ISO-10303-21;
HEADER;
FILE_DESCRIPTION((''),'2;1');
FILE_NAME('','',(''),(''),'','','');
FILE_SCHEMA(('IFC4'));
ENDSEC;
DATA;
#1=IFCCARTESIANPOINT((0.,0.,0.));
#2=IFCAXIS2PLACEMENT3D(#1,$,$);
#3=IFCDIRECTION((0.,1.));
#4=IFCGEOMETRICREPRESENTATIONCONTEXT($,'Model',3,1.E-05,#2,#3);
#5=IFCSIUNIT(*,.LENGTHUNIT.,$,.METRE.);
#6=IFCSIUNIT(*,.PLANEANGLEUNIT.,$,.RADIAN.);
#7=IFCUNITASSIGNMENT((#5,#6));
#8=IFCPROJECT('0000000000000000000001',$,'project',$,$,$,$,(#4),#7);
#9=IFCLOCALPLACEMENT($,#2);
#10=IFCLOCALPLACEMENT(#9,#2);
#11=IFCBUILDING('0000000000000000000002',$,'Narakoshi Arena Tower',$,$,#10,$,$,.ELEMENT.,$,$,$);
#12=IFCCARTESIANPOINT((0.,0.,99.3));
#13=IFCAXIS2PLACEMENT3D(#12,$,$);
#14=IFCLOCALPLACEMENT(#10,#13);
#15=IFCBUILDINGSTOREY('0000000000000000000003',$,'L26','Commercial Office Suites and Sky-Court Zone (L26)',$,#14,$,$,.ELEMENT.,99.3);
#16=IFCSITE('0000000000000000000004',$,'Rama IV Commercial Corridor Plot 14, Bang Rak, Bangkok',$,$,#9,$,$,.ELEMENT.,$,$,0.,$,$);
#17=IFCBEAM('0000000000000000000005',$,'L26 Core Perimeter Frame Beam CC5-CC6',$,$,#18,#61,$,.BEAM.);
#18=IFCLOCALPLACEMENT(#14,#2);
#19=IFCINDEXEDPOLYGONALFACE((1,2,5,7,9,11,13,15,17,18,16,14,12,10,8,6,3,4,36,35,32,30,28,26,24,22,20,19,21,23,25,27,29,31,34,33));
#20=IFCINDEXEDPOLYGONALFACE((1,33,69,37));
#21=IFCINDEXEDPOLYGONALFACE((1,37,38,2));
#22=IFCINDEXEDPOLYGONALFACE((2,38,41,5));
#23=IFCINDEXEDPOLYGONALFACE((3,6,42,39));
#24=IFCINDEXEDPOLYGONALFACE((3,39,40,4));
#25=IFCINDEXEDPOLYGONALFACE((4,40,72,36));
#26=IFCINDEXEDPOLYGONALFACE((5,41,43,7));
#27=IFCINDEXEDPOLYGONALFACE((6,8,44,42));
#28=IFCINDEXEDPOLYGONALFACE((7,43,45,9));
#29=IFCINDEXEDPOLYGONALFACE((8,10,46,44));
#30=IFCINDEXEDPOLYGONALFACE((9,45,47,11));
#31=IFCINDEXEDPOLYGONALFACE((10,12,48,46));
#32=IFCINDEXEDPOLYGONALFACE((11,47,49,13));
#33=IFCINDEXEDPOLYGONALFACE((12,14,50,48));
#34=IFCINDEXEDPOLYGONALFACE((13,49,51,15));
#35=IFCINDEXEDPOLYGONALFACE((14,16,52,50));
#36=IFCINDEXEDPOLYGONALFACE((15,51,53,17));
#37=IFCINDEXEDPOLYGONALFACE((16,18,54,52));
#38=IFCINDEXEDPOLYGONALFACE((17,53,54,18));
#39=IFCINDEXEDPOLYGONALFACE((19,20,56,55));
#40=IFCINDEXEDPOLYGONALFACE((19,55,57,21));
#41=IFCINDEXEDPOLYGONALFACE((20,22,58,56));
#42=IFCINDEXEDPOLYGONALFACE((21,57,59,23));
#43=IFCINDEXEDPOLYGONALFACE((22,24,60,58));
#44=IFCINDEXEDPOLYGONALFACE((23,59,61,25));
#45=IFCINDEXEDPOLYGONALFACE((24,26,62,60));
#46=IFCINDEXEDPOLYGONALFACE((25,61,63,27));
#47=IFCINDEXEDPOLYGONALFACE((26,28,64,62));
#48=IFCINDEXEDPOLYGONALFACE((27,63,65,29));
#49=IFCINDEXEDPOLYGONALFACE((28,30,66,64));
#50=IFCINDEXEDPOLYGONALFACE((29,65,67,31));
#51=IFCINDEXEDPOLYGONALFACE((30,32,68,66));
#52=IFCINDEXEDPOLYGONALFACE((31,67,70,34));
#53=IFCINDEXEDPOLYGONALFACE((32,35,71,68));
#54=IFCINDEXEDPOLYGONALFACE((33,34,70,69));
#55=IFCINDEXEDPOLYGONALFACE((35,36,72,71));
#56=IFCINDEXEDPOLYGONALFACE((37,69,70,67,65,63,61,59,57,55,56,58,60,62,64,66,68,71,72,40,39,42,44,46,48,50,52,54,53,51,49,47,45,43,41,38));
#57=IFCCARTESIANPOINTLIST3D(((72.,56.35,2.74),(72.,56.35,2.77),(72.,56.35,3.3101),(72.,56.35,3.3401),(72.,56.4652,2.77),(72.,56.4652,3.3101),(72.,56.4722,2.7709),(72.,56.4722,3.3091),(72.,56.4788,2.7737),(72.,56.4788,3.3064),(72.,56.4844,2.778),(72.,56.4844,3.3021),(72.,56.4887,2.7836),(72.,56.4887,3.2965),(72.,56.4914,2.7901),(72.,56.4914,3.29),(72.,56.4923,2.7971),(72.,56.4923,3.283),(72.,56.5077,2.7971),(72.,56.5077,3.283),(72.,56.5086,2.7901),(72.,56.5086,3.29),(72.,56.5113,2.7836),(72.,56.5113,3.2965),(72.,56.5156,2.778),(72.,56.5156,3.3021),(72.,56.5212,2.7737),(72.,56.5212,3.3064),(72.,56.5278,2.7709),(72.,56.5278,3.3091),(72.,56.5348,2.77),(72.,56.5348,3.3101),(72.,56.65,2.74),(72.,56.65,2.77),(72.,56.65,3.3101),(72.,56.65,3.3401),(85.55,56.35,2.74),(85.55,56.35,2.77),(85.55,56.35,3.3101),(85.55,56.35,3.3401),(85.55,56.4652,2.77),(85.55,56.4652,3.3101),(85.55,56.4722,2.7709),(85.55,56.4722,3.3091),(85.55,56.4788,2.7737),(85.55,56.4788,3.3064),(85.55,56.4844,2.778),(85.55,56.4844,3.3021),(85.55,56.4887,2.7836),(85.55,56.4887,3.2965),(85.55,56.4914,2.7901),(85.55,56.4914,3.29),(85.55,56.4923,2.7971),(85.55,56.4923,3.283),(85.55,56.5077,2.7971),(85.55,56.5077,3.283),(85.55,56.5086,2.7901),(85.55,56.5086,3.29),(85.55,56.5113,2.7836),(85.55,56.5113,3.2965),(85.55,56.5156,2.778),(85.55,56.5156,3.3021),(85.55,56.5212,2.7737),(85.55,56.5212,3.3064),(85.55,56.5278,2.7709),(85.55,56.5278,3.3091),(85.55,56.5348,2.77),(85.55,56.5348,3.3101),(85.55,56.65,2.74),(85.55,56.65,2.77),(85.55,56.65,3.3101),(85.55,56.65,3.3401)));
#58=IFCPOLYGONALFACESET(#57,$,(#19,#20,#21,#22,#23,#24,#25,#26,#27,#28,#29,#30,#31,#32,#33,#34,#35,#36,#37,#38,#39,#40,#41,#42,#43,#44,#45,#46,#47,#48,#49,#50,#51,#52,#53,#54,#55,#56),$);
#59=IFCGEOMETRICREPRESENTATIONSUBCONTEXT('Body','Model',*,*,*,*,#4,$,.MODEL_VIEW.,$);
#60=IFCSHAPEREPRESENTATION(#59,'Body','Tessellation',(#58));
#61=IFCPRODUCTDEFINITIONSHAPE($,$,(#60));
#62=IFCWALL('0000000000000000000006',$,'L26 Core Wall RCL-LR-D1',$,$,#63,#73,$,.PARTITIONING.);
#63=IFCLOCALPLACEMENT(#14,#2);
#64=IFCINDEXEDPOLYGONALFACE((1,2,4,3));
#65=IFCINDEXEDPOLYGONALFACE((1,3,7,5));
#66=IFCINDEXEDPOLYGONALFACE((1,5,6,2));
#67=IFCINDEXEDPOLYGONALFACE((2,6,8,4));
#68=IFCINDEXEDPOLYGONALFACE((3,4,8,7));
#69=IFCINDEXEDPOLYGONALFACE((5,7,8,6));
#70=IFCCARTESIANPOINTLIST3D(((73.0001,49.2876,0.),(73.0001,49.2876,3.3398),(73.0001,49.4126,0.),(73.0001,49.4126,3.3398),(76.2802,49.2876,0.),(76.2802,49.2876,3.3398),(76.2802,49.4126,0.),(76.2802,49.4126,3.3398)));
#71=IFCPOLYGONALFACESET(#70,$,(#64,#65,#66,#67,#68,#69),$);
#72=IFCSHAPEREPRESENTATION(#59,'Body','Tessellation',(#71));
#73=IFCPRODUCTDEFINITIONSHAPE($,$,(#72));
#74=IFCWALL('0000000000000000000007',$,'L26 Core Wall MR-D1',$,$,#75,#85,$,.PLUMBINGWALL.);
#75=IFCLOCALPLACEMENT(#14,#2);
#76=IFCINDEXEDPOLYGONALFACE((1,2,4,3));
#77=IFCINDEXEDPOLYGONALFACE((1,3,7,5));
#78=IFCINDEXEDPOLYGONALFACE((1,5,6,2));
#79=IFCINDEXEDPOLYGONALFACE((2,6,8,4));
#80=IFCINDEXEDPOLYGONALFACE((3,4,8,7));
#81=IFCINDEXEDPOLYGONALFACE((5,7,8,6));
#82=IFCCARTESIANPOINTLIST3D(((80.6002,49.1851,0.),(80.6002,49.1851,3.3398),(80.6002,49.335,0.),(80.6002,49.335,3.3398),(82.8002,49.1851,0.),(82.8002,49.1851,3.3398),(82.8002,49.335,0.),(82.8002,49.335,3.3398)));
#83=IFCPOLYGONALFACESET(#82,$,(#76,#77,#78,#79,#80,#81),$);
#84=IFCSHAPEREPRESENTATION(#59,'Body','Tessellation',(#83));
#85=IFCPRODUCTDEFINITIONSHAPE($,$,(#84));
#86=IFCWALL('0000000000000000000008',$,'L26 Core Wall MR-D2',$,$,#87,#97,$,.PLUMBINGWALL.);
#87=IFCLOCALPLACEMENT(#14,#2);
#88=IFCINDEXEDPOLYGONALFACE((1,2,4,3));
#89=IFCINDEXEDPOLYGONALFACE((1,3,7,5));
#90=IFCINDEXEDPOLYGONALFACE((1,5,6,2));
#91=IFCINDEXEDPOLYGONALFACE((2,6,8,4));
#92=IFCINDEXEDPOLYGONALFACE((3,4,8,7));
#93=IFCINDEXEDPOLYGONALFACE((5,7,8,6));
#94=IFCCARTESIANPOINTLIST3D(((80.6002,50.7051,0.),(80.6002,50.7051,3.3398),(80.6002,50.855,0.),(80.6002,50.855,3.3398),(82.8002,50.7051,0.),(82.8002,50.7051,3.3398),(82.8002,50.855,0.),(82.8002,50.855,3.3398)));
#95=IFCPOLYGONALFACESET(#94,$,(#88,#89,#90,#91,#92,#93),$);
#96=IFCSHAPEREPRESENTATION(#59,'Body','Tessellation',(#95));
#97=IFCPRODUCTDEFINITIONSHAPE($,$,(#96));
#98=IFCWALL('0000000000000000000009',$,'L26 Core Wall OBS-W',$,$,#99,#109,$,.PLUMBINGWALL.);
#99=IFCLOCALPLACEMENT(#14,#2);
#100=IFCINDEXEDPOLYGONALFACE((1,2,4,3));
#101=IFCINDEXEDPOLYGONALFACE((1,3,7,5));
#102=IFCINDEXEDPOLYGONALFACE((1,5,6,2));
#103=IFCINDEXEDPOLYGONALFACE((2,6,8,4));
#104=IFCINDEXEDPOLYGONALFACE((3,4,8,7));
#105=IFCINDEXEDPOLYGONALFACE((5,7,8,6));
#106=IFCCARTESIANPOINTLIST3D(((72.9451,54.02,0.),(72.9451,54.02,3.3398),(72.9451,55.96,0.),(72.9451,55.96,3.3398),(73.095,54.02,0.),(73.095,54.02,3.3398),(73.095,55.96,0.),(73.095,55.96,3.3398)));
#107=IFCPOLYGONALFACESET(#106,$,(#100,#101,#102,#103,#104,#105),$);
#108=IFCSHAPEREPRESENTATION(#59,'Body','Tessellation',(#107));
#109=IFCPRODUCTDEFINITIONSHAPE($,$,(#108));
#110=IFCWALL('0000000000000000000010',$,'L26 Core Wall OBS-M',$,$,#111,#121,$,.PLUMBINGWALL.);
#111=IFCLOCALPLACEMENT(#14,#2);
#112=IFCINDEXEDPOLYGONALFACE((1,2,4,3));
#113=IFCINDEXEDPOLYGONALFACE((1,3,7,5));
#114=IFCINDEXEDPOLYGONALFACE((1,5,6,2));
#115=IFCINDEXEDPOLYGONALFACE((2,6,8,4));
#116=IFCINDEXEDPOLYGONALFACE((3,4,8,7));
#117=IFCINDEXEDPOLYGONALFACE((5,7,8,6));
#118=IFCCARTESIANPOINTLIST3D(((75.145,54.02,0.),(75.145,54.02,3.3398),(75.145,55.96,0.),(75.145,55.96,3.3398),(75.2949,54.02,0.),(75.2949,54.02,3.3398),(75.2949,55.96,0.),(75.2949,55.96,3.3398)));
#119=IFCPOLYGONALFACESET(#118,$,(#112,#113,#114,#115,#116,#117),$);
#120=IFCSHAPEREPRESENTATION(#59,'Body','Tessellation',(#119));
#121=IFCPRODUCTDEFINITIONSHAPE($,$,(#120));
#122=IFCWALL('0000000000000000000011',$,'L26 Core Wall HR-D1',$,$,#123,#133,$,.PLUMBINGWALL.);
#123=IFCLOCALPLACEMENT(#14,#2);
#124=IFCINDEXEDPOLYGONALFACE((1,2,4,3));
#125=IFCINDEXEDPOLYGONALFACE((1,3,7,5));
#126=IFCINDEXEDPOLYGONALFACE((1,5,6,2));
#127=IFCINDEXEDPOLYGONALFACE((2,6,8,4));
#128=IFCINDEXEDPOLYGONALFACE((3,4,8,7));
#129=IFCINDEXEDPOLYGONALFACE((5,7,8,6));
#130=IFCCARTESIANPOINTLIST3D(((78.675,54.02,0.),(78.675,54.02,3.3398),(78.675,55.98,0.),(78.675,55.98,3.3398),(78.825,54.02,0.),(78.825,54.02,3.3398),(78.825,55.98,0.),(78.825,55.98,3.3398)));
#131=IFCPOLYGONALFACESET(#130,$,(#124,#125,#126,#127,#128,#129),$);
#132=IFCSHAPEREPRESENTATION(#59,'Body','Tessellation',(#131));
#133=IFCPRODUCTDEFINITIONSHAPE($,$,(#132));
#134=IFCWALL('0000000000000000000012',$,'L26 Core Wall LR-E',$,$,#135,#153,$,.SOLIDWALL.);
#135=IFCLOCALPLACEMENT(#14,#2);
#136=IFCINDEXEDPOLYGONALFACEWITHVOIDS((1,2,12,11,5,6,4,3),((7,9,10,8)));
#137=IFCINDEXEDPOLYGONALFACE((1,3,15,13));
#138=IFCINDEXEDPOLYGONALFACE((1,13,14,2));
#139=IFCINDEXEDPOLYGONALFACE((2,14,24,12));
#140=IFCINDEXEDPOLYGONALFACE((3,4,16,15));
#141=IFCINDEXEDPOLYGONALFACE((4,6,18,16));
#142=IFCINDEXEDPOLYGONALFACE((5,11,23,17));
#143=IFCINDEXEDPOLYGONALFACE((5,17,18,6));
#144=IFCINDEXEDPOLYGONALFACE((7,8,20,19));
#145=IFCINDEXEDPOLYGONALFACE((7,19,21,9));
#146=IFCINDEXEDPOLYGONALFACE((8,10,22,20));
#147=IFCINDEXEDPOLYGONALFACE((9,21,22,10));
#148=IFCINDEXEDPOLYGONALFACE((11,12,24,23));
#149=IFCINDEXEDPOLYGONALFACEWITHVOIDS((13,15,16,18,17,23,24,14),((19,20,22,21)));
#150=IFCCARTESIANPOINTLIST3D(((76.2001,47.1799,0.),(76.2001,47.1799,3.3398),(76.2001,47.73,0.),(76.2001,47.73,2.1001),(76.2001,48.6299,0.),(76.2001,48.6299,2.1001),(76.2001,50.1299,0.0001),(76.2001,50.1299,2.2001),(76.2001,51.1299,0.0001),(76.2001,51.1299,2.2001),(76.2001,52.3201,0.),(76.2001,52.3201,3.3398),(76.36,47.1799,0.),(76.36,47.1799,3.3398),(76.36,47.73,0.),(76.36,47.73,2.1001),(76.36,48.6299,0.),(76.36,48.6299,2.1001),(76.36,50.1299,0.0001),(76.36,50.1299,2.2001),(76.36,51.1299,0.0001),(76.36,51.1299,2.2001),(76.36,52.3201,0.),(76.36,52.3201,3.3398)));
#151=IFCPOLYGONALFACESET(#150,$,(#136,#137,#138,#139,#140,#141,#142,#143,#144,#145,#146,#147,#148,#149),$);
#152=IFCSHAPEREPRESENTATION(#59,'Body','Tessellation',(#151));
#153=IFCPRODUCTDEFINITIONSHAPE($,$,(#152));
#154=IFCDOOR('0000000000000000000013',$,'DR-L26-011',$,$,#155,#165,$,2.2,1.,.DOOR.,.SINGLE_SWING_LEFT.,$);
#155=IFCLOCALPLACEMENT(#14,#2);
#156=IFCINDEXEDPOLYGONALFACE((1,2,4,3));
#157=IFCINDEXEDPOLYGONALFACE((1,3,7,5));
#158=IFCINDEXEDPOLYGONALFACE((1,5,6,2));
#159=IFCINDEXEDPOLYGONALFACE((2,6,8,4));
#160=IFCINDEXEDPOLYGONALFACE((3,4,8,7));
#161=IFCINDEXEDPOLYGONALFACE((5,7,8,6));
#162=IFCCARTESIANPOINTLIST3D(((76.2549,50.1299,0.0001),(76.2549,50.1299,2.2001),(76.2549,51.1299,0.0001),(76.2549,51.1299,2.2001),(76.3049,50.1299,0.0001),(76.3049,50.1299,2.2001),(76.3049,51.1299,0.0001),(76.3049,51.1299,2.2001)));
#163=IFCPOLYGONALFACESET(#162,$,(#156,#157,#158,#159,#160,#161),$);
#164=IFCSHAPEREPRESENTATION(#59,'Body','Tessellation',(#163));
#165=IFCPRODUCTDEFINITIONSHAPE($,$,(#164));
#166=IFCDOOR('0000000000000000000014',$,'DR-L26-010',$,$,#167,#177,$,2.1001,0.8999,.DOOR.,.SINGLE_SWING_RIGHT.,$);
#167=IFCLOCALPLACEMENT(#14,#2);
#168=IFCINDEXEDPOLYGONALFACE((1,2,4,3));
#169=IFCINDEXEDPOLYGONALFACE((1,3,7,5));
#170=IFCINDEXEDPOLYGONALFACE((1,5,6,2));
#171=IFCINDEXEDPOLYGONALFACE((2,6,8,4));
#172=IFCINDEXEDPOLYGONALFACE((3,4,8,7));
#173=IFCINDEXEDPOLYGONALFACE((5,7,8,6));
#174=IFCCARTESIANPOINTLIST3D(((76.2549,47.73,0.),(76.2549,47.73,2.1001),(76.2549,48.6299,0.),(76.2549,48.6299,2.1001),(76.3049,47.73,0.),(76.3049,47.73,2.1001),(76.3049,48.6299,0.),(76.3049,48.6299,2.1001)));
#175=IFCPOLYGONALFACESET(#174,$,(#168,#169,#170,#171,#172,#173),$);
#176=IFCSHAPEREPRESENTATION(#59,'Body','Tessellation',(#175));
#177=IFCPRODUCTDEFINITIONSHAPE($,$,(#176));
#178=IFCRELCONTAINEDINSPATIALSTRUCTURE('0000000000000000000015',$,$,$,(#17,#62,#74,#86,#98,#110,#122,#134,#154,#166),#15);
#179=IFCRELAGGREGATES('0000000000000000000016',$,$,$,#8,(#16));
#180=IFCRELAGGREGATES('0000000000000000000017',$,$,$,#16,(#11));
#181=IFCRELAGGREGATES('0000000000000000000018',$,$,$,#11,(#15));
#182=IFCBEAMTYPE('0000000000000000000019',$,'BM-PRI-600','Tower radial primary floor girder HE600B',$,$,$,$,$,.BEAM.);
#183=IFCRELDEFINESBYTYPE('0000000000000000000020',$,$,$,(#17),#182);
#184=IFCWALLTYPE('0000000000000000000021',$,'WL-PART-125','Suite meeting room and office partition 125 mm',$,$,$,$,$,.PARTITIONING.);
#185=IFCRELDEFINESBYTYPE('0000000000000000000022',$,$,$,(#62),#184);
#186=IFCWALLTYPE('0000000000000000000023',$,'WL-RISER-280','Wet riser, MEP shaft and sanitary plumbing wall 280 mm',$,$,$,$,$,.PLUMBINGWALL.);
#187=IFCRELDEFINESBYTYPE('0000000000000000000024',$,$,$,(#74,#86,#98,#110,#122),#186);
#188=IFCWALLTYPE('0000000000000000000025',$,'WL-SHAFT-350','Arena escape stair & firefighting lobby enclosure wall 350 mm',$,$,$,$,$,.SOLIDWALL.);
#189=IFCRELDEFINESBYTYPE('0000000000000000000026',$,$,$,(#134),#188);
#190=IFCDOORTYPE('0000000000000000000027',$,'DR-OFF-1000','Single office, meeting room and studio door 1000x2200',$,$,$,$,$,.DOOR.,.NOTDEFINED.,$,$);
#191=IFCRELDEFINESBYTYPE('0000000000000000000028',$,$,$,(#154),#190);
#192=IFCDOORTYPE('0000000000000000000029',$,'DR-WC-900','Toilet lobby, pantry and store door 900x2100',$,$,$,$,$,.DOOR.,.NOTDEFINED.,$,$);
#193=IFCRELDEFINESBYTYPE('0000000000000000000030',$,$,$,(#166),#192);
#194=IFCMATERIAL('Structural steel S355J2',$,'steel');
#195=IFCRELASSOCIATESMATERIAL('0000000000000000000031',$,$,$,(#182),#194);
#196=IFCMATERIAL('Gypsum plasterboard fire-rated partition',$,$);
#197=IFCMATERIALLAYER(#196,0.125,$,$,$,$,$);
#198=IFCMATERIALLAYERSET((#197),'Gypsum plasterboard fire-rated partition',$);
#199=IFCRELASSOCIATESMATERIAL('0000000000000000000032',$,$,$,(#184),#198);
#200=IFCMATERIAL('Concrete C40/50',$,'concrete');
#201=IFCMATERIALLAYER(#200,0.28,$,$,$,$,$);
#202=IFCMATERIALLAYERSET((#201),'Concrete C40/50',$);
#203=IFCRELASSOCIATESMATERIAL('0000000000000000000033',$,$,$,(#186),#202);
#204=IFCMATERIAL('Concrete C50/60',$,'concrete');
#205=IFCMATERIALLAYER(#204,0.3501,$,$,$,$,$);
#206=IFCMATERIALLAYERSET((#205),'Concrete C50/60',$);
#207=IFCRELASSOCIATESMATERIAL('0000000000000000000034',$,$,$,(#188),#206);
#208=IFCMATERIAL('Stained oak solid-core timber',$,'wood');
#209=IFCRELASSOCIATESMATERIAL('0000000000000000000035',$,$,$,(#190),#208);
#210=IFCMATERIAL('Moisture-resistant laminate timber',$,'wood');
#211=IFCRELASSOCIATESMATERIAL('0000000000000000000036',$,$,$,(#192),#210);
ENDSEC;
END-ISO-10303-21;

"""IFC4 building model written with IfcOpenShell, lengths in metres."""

from ifc_helpers import new_model, si_unit, direction, frame, frame_2d, origin, origin_2d, place, context, subcontext, project, spatial, rectangle, i_section, extrude, material, layer, layer_set, material_profile, profile_set, type_object, element, fill, save


model = new_model("IFC4")

# Units and contexts
model_context = context("Model", 3, precision=1e-05, world=origin(), true_north=direction((0.0, 1.0)))
body_context = subcontext(model_context, "Body", "Model", "MODEL_VIEW")
ifc_project = project(units=[si_unit("LENGTHUNIT", "METRE"), si_unit("PLANEANGLEUNIT", "RADIAN")], contexts=[model_context])

# Site, building, storey
site_placement = place(None, origin())
site = spatial("IfcSite", under=ifc_project, at=site_placement, Name="Rama IV Commercial Corridor Plot 14, Bang Rak, Bangkok", CompositionType="ELEMENT", RefElevation=0.0)
building_placement = place(site_placement, origin())
building = spatial("IfcBuilding", under=site, at=building_placement, Name="Narakoshi Arena Tower", CompositionType="ELEMENT")
storey_placement = place(building_placement, frame((0.0, 0.0, 99.3)))
storey = spatial("IfcBuildingStorey", under=building, at=storey_placement, Name="L26", Description="Commercial Office Suites and Sky-Court Zone (L26)", CompositionType="ELEMENT", Elevation=99.3)

# Beam
ifc_material_1 = material(Name="Structural steel S355J2", Category="steel")
ifc_material_profile = material_profile(ifc_material_1, i_section(OverallWidth=0.3, OverallDepth=0.6001, WebThickness=0.0154, FlangeThickness=0.03, FilletRadius=0.0271, at=origin_2d()), Name="HE600B")
ifc_profile_set = profile_set([ifc_material_profile], Name="Structural steel S355J2")
beam_type = type_object("IfcBeamType", Name="BM-PRI-600", Description="Tower radial primary floor girder HE600B", PredefinedType="BEAM", material=ifc_profile_set)
beam_placement = place(storey_placement, frame((72.0, 56.5, 3.04), z_axis=(1.0, 0.0, 0.0), x_axis=(0.0, 1.0, 0.0)))
element("IfcBeam", 1, at=beam_placement, inside=storey, type_object=beam_type, Name="L26 Core Perimeter Frame Beam CC5-CC6", PredefinedType="BEAM", context=body_context, shape_type="SweptSolid", body=[
    extrude(i_section(OverallWidth=0.3, OverallDepth=0.6001, WebThickness=0.0154, FlangeThickness=0.03, FilletRadius=0.0271, at=origin_2d()), origin(), (0.0, 0.0, 1.0), 13.55),
])

# Walls
ifc_material_2 = material(Name="Gypsum plasterboard fire-rated partition")
ifc_layer_1 = layer(ifc_material_2, 0.125)
ifc_layer_set_1 = layer_set([ifc_layer_1], Name="Gypsum plasterboard fire-rated partition")
wall_type_1 = type_object("IfcWallType", Name="WL-PART-125", Description="Suite meeting room and office partition 125 mm", PredefinedType="PARTITIONING", material=ifc_layer_set_1)
wall_1_placement = place(storey_placement, frame((73.0, 49.3501, 0.0), z_axis=(0.0, 0.0, 1.0), x_axis=(1.0, 0.0, 0.0)))
element("IfcWall", 2, at=wall_1_placement, inside=storey, type_object=wall_type_1, Name="L26 Core Wall RCL-LR-D1", PredefinedType="PARTITIONING", context=body_context, shape_type="SweptSolid", body=[
    extrude(rectangle(XDim=3.28, YDim=0.125, at=frame_2d((1.6401, 0.0))), origin(), (0.0, 0.0, 1.0), 3.3398),
])
ifc_material_3 = material(Name="Concrete C40/50", Category="concrete")
ifc_layer_2 = layer(ifc_material_3, 0.28)
ifc_layer_set_2 = layer_set([ifc_layer_2], Name="Concrete C40/50")
wall_type_2 = type_object("IfcWallType", Name="WL-RISER-280", Description="Wet riser, MEP shaft and sanitary plumbing wall 280 mm", PredefinedType="PLUMBINGWALL", material=ifc_layer_set_2)
for number, where, z_axis, x_axis, name in (
    (3, (80.6001, 49.26, 0.0), (0.0, 0.0, 1.0), (1.0, 0.0, 0.0), "L26 Core Wall MR-D1"),
    (4, (80.6001, 50.78, 0.0), (0.0, 0.0, 1.0), (1.0, 0.0, 0.0), "L26 Core Wall MR-D2"),
):
    element("IfcWall", number, at=place(storey_placement, frame(where, z_axis=z_axis, x_axis=x_axis)), inside=storey, type_object=wall_type_2, Name=name, PredefinedType="PLUMBINGWALL", context=body_context, shape_type="SweptSolid", body=[
        extrude(rectangle(XDim=2.2, YDim=0.1499, at=frame_2d((1.1001, 0.0))), origin(), (0.0, 0.0, 1.0), 3.3398),
    ])
for number, where, z_axis, x_axis, name in (
    (5, (73.02, 54.02, 0.0), (0.0, 0.0, 1.0), (0.0, 1.0, 0.0), "L26 Core Wall OBS-W"),
    (6, (75.22, 54.02, 0.0), (0.0, 0.0, 1.0), (0.0, 1.0, 0.0), "L26 Core Wall OBS-M"),
):
    element("IfcWall", number, at=place(storey_placement, frame(where, z_axis=z_axis, x_axis=x_axis)), inside=storey, type_object=wall_type_2, Name=name, PredefinedType="PLUMBINGWALL", context=body_context, shape_type="SweptSolid", body=[
        extrude(rectangle(XDim=1.9399, YDim=0.1499, at=frame_2d((0.97, 0.0))), origin(), (0.0, 0.0, 1.0), 3.3398),
    ])
wall_2_placement = place(storey_placement, frame((78.75, 54.02, 0.0), z_axis=(0.0, 0.0, 1.0), x_axis=(0.0, 1.0, 0.0)))
element("IfcWall", 7, at=wall_2_placement, inside=storey, type_object=wall_type_2, Name="L26 Core Wall HR-D1", PredefinedType="PLUMBINGWALL", context=body_context, shape_type="SweptSolid", body=[
    extrude(rectangle(XDim=1.96, YDim=0.1499, at=frame_2d((0.98, 0.0))), origin(), (0.0, 0.0, 1.0), 3.3398),
])

# Wall, openings, doors
ifc_material_4 = material(Name="Concrete C50/60", Category="concrete")
ifc_layer_3 = layer(ifc_material_4, 0.3501)
ifc_layer_set_3 = layer_set([ifc_layer_3], Name="Concrete C50/60")
wall_type_3 = type_object("IfcWallType", Name="WL-SHAFT-350", Description="Arena escape stair & firefighting lobby enclosure wall 350 mm", PredefinedType="SOLIDWALL", material=ifc_layer_set_3)
wall_3_placement = place(storey_placement, frame((76.28, 47.1799, 0.0), z_axis=(0.0, 0.0, 1.0), x_axis=(0.0, 1.0, 0.0)))
wall_3 = element("IfcWall", 8, at=wall_3_placement, inside=storey, type_object=wall_type_3, Name="L26 Core Wall LR-E", PredefinedType="SOLIDWALL", context=body_context, shape_type="SweptSolid", body=[
    extrude(rectangle(XDim=5.1401, YDim=0.1599, at=frame_2d((2.5701, 0.0))), origin(), (0.0, 0.0, 1.0), 3.3398),
])
opening_1_placement = place(wall_3_placement, frame((0.55, 0.0, 0.0)))
opening_1 = element("IfcOpeningElement", 9, at=opening_1_placement, cuts=wall_3, PredefinedType="OPENING", context=body_context, shape_type="SweptSolid", body=[
    extrude(rectangle(XDim=0.8999, YDim=2.1001, at=frame_2d((0.45, 1.05))), frame((0.0, 0.0898, 0.0), z_axis=(0.0, -1.0, 0.0), x_axis=(1.0, 0.0, 0.0)), (0.0, 0.0, 1.0), 0.1799),
])
opening_2_placement = place(wall_3_placement, frame((2.95, 0.0, 0.0)))
opening_2 = element("IfcOpeningElement", 10, at=opening_2_placement, cuts=wall_3, PredefinedType="OPENING", context=body_context, shape_type="SweptSolid", body=[
    extrude(rectangle(XDim=1.0, YDim=2.2, at=frame_2d((0.5, 1.1001))), frame((0.0, 0.0898, 0.0), z_axis=(0.0, -1.0, 0.0), x_axis=(1.0, 0.0, 0.0)), (0.0, 0.0, 1.0), 0.1799),
])
ifc_material_5 = material(Name="Stained oak solid-core timber", Category="wood")
door_type_1 = type_object("IfcDoorType", Name="DR-OFF-1000", Description="Single office, meeting room and studio door 1000x2200", OperationType="NOTDEFINED", PredefinedType="DOOR", material=ifc_material_5)
door_1_placement = place(opening_2_placement, frame((1.0, 0.0, 0.0), z_axis=(0.0, 0.0, 1.0), x_axis=(-1.0, 0.0, 0.0)))
door_1 = element("IfcDoor", 11, at=door_1_placement, inside=storey, type_object=door_type_1, Name="DR-L26-011", OperationType="SINGLE_SWING_LEFT", OverallHeight=2.2, OverallWidth=1.0, PredefinedType="DOOR", context=body_context, shape_type="SweptSolid", body=[
    extrude(rectangle(XDim=1.0, YDim=2.2, at=frame_2d((0.5, 1.1001))), frame((0.0, 0.0249, 0.0), z_axis=(0.0, -1.0, 0.0), x_axis=(1.0, 0.0, 0.0)), (0.0, 0.0, 1.0), 0.05),
])
fill(opening_2, door_1)
ifc_material_6 = material(Name="Moisture-resistant laminate timber", Category="wood")
door_type_2 = type_object("IfcDoorType", Name="DR-WC-900", Description="Toilet lobby, pantry and store door 900x2100", OperationType="NOTDEFINED", PredefinedType="DOOR", material=ifc_material_6)
door_2_placement = place(opening_1_placement, frame((0.8999, 0.0, 0.0), z_axis=(0.0, 0.0, 1.0), x_axis=(-1.0, 0.0, 0.0)))
door_2 = element("IfcDoor", 12, at=door_2_placement, inside=storey, type_object=door_type_2, Name="DR-L26-010", OperationType="SINGLE_SWING_RIGHT", OverallHeight=2.1001, OverallWidth=0.8999, PredefinedType="DOOR", context=body_context, shape_type="SweptSolid", body=[
    extrude(rectangle(XDim=0.8999, YDim=2.1001, at=frame_2d((0.45, 1.05))), frame((0.0, 0.0249, 0.0), z_axis=(0.0, -1.0, 0.0), x_axis=(1.0, 0.0, 0.0)), (0.0, 0.0, 1.0), 0.05),
])
fill(opening_1, door_2)

save(model, "model.ifc")
